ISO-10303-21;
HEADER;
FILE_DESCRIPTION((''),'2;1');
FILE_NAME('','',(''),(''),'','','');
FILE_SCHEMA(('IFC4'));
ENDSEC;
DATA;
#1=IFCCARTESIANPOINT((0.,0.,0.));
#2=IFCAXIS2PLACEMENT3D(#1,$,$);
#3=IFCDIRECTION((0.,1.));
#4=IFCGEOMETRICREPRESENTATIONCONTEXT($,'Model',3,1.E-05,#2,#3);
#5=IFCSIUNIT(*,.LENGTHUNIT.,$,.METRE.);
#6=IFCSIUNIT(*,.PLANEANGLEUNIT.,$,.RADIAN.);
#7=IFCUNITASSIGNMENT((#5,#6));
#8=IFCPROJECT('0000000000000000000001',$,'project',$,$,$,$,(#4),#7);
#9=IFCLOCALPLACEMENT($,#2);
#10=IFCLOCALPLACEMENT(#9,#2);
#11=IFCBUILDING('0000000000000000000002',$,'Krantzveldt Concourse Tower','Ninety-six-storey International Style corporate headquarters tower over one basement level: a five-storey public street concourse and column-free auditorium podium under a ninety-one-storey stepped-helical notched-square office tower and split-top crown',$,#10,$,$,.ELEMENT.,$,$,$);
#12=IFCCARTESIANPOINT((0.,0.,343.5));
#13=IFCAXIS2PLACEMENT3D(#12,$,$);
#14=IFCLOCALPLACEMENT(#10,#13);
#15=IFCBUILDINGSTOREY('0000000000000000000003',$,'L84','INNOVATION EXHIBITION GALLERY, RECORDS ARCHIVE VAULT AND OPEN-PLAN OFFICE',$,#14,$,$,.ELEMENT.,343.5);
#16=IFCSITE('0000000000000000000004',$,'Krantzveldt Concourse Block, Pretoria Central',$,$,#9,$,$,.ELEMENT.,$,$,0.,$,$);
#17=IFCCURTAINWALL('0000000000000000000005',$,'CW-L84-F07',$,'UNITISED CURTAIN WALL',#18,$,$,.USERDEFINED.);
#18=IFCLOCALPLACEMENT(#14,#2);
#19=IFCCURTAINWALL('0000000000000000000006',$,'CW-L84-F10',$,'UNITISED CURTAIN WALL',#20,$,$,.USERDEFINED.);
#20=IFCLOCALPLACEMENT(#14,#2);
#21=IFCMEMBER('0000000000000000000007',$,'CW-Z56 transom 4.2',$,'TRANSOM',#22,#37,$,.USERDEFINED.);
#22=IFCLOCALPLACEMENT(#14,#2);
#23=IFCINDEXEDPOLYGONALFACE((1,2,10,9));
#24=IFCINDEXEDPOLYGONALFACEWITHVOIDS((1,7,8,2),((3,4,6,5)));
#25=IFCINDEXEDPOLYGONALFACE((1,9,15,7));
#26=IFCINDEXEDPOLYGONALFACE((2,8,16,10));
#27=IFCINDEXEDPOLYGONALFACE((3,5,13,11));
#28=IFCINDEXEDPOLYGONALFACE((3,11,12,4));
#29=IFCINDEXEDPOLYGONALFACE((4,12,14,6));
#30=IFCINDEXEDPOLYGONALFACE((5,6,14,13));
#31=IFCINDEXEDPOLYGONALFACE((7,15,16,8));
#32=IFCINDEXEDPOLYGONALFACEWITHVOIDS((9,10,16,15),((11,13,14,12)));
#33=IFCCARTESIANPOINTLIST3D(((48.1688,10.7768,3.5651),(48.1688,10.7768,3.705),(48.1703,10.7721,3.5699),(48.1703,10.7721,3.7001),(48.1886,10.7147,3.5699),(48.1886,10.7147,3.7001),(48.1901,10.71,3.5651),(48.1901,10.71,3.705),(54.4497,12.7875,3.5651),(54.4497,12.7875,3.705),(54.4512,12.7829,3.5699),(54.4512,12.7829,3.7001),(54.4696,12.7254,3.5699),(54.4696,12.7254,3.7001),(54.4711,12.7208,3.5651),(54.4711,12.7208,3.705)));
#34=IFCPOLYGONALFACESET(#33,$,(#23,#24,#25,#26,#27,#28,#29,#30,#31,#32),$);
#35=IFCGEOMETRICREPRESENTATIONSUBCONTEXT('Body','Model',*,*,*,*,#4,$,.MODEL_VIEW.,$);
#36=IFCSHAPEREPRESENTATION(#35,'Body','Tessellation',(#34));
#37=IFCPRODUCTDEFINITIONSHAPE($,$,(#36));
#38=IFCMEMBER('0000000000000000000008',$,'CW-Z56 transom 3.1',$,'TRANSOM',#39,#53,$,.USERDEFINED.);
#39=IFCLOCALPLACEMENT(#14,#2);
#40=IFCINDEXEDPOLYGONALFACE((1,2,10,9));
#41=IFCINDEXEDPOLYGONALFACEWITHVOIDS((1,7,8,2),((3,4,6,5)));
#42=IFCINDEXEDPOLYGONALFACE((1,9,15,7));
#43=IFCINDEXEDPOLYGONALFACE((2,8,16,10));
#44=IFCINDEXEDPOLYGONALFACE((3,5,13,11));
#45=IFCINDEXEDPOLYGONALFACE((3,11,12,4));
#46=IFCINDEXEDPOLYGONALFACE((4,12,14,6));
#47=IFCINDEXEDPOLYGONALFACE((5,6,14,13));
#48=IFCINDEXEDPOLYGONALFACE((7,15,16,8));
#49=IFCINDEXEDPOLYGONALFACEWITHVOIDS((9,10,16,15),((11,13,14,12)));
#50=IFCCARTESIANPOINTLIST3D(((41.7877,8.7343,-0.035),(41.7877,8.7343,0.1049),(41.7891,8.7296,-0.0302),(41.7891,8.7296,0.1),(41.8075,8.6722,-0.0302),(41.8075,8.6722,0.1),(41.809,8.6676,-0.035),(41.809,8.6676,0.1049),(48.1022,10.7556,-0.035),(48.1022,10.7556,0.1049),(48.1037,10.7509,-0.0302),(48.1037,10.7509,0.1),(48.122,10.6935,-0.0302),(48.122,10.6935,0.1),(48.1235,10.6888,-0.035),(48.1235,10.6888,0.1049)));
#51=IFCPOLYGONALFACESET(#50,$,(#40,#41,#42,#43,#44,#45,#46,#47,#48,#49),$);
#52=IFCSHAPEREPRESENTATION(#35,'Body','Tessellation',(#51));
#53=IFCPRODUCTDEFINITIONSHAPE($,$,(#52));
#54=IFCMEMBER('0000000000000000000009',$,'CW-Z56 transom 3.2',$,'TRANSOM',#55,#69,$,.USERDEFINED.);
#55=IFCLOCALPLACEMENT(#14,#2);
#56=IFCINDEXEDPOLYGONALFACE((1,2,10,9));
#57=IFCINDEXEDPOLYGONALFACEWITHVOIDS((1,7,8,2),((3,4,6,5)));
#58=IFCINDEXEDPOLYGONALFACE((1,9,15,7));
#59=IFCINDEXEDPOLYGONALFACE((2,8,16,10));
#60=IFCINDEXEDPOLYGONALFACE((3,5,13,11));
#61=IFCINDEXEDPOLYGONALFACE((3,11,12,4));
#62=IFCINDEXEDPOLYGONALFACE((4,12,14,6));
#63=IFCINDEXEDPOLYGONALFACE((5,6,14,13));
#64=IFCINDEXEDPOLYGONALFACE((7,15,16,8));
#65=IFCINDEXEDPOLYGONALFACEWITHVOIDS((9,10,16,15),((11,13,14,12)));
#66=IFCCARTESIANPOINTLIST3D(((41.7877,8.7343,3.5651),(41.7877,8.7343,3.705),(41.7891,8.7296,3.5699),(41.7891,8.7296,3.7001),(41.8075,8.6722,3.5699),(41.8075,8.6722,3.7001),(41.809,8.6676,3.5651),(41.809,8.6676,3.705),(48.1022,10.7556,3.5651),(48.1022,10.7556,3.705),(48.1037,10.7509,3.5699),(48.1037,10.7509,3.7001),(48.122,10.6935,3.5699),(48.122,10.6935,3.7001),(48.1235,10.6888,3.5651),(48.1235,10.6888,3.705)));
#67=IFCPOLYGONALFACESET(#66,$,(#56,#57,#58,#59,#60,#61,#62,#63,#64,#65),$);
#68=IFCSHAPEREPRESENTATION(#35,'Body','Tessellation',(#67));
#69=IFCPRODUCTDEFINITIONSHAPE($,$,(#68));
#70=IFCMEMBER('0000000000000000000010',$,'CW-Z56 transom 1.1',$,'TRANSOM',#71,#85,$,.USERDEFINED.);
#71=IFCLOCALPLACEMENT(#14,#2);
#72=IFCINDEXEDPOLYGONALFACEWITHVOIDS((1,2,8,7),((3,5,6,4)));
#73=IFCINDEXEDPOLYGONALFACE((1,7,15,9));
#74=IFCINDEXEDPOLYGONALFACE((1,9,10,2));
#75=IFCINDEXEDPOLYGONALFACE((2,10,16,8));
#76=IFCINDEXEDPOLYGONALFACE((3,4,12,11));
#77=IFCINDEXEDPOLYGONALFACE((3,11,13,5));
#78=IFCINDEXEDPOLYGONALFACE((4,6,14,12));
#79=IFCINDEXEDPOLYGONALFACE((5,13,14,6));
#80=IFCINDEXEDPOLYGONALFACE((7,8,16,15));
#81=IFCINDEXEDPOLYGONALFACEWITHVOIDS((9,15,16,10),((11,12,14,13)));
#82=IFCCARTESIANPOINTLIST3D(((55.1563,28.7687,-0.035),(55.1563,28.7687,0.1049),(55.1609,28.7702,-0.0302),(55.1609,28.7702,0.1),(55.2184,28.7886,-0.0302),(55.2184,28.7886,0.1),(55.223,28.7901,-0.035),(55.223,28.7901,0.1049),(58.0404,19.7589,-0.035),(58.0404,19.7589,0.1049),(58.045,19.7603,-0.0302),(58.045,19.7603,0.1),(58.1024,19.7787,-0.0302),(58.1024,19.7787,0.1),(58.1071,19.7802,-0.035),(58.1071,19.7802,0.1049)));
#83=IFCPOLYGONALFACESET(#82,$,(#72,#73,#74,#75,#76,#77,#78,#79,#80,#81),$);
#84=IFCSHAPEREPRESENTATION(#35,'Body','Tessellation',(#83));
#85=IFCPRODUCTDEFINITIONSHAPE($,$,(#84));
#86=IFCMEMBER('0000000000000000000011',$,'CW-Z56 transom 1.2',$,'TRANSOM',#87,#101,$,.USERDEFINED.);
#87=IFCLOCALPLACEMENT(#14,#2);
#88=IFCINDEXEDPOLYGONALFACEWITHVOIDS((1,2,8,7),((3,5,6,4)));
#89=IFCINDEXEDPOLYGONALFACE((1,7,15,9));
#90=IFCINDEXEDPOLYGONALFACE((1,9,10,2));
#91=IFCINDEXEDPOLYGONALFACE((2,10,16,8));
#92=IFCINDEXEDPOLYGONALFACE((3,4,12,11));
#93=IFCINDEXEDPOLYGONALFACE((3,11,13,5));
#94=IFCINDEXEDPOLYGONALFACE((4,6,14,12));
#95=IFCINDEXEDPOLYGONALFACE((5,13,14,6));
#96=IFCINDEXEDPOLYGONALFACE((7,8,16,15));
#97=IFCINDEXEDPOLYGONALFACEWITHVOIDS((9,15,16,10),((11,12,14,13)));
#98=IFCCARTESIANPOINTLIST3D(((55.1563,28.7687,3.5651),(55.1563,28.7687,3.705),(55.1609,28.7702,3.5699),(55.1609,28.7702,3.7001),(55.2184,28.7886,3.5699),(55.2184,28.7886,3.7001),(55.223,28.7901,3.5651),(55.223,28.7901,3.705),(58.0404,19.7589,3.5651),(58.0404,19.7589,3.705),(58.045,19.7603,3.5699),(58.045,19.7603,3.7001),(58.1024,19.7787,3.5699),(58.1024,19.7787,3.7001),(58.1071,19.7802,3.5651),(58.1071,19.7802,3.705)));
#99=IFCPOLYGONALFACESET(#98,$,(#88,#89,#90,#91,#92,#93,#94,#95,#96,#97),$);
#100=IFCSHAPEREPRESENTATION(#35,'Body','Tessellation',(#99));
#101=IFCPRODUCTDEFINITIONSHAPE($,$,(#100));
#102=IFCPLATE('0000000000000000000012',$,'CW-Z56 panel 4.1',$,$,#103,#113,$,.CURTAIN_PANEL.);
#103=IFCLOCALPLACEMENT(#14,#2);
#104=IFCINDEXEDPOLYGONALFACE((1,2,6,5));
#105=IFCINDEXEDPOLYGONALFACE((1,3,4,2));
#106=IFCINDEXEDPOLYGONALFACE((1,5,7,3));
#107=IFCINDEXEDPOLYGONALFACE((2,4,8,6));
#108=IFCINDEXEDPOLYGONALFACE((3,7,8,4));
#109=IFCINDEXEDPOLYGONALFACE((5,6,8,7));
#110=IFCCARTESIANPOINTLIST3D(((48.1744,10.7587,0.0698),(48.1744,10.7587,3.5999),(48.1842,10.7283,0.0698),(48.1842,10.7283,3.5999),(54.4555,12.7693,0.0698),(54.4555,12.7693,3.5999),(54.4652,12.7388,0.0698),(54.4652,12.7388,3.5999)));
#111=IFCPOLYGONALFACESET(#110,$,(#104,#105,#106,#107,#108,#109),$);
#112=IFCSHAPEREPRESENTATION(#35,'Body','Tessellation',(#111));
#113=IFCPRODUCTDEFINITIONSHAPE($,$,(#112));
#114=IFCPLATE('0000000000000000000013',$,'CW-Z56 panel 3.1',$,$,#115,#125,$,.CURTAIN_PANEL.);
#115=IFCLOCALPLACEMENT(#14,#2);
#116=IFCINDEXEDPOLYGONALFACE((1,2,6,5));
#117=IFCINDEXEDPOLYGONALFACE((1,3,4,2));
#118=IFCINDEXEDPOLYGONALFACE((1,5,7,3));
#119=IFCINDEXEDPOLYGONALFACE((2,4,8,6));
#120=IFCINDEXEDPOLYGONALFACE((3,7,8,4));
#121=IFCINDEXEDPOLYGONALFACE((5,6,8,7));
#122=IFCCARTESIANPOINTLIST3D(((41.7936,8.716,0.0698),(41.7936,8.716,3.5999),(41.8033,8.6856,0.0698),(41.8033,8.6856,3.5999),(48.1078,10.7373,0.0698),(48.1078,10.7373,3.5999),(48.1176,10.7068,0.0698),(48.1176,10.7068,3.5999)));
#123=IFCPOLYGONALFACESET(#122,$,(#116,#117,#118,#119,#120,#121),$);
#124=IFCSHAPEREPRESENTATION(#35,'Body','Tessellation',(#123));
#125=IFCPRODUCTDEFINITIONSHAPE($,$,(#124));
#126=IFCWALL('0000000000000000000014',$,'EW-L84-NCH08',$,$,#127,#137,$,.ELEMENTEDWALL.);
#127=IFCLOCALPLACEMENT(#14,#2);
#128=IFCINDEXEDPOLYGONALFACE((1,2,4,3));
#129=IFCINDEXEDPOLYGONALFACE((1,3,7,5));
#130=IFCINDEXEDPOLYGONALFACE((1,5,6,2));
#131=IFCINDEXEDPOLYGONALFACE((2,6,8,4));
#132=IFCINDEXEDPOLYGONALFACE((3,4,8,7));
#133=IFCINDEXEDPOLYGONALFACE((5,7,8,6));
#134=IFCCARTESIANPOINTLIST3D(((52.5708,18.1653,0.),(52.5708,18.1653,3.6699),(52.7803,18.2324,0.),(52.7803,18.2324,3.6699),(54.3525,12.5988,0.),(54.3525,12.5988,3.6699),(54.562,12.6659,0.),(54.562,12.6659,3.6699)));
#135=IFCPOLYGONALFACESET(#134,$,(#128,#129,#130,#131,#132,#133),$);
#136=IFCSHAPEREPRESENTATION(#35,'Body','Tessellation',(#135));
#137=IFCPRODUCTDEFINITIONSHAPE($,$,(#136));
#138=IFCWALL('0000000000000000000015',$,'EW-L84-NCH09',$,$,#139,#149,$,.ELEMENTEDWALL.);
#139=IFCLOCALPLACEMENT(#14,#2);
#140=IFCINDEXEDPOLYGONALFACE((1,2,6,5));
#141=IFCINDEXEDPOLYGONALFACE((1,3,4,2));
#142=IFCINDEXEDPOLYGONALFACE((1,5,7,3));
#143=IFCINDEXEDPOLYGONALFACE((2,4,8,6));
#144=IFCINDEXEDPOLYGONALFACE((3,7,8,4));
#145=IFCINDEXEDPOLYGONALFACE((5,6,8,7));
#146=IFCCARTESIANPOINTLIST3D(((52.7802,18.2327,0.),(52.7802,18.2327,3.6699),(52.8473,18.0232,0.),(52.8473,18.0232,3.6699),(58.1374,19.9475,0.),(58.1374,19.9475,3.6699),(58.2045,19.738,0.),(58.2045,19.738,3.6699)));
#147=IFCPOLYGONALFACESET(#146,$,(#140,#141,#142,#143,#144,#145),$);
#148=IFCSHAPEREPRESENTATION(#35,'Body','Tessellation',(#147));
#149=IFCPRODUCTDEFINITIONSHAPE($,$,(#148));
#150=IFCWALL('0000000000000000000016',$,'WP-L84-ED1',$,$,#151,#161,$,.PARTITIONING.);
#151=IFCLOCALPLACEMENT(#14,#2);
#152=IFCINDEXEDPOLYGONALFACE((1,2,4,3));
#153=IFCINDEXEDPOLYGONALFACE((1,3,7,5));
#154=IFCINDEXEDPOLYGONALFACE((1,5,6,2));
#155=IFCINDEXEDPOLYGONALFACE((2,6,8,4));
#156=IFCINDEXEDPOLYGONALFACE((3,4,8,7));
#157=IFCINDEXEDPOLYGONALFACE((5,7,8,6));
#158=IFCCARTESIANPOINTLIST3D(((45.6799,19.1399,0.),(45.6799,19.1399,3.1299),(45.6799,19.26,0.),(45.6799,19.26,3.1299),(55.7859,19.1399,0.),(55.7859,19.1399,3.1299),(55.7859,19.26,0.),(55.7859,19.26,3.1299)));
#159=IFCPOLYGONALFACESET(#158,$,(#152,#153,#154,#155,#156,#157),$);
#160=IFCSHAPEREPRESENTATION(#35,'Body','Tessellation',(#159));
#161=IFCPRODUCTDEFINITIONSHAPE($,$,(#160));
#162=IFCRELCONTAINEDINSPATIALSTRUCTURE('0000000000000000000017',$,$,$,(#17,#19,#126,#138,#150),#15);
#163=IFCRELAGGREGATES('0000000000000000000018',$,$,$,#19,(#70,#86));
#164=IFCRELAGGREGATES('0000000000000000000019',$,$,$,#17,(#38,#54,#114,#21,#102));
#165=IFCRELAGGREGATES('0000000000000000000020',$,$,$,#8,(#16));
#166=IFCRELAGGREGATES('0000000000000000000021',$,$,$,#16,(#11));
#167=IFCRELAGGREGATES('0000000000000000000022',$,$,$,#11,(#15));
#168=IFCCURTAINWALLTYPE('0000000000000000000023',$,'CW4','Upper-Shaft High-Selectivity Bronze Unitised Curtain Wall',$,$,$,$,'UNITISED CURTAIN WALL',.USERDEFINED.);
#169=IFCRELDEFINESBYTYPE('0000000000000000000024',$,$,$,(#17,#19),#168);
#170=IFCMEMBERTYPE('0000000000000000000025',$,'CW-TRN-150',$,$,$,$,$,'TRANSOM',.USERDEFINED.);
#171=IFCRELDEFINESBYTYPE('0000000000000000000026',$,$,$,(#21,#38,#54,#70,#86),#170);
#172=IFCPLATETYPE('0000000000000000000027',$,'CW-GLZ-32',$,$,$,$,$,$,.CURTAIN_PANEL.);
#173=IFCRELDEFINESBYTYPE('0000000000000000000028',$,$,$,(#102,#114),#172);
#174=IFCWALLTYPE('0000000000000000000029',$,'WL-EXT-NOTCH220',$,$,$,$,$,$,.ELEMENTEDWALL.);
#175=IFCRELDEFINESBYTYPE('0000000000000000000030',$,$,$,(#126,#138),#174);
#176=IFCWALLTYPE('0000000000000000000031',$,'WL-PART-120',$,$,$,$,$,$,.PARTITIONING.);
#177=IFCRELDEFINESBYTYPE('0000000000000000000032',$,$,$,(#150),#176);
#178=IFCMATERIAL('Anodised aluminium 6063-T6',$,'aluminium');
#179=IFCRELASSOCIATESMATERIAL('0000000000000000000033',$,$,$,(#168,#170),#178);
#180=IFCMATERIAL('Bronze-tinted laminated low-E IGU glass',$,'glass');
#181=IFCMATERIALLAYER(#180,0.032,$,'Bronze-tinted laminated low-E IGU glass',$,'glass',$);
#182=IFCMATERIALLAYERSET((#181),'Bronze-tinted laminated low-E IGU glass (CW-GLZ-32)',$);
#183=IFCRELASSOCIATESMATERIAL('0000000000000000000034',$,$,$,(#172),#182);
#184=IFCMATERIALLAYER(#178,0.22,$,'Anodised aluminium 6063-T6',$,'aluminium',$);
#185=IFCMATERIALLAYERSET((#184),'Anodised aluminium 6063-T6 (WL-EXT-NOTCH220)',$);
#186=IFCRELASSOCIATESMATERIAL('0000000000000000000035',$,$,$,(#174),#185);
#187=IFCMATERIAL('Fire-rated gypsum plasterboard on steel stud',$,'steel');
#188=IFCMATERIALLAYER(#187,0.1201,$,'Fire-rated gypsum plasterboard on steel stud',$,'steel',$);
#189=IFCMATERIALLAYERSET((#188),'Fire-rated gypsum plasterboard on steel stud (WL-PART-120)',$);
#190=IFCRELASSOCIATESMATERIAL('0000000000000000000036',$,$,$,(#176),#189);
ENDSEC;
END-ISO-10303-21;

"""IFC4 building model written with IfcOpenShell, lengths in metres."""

from ifc_helpers import new_model, si_unit, direction, frame, frame_2d, origin, origin_2d, place, context, subcontext, project, spatial, rectangle, hollow_rectangle, extrude, source, transform, mapped, material, layer, layer_set, material_profile, profile_set, type_object, type_shapes, element, aggregate, save


model = new_model("IFC4")

# Units and contexts
model_context = context("Model", 3, precision=1e-05, world=origin(), true_north=direction((0.0, 1.0)))
body_context = subcontext(model_context, "Body", "Model", "MODEL_VIEW")
ifc_project = project(units=[si_unit("LENGTHUNIT", "METRE"), si_unit("PLANEANGLEUNIT", "RADIAN")], contexts=[model_context])

# Site, building, storey
site_placement = place(None, origin())
site = spatial("IfcSite", under=ifc_project, at=site_placement, Name="Krantzveldt Concourse Block, Pretoria Central", CompositionType="ELEMENT", RefElevation=0.0)
building_placement = place(site_placement, origin())
building = spatial("IfcBuilding", under=site, at=building_placement, Name="Krantzveldt Concourse Tower", Description="Ninety-six-storey International Style corporate headquarters tower over one basement level: a five-storey public street concourse and column-free auditorium podium under a ninety-one-storey stepped-helical notched-square office tower and split-top crown", CompositionType="ELEMENT")
storey_placement = place(building_placement, frame((0.0, 0.0, 343.5)))
storey = spatial("IfcBuildingStorey", under=building, at=storey_placement, Name="L84", Description="INNOVATION EXHIBITION GALLERY, RECORDS ARCHIVE VAULT AND OPEN-PLAN OFFICE", CompositionType="ELEMENT", Elevation=343.5)

# Curtain wall
ifc_material_1 = material(Name="Anodised aluminium 6063-T6", Category="aluminium")
curtain_wall_type = type_object("IfcCurtainWallType", Name="CW4", Description="Upper-Shaft High-Selectivity Bronze Unitised Curtain Wall", ElementType="UNITISED CURTAIN WALL", PredefinedType="USERDEFINED", material=ifc_material_1)
curtain_wall_1_placement = place(storey_placement, origin())
curtain_wall_1 = element("IfcCurtainWall", 1, at=curtain_wall_1_placement, inside=storey, type_object=curtain_wall_type, Name="CW-L84-F07", ObjectType="UNITISED CURTAIN WALL", PredefinedType="USERDEFINED")

# Curtain wall
curtain_wall_2_placement = place(storey_placement, origin())
curtain_wall_2 = element("IfcCurtainWall", 2, at=curtain_wall_2_placement, inside=storey, type_object=curtain_wall_type, Name="CW-L84-F10", ObjectType="UNITISED CURTAIN WALL", PredefinedType="USERDEFINED")

# Members
ifc_material_profile_1 = material_profile(ifc_material_1, hollow_rectangle(XDim=0.0701, YDim=0.1399, WallThickness=0.0049, at=origin_2d()), Name="Anodised aluminium 6063-T6", Category="aluminium")
ifc_profile_set_1 = profile_set([ifc_material_profile_1], Name="Anodised aluminium 6063-T6 - ALU-TRAN 140x70x5")
member_type_1 = type_object("IfcMemberType", Name="CW-TRN-150", ElementType="TRANSOM", PredefinedType="USERDEFINED", material=ifc_profile_set_1)
shared_shape_1 = source(origin(), body_context, "Body", "SweptSolid", [
    extrude(hollow_rectangle(XDim=0.0701, YDim=0.1399, WallThickness=0.0049, at=origin_2d()), origin(), (0.0, 0.0, 1.0), 6.595),
])
member_1_placement = place(storey_placement, frame((48.1794, 10.7434, 3.635), z_axis=(0.952388, 0.304889, 0.0), x_axis=(-0.304889, 0.952388, 0.0)))
member_1 = element("IfcMember", 3, at=member_1_placement, type_object=member_type_1, Name="CW-Z56 transom 4.2", ObjectType="TRANSOM", PredefinedType="USERDEFINED", context=body_context, shape_type="MappedRepresentation", body=[
    mapped(shared_shape_1, transform((0.0, 0.0, 0.0), x_axis=(1.0, 0.0, 0.0), y_axis=(0.0, 1.0, 0.0), z_axis=(0.0, 0.0, 1.0), scale=1.0)),
])
shared_shape_2 = source(origin(), body_context, "Body", "SweptSolid", [
    extrude(hollow_rectangle(XDim=0.0701, YDim=0.1399, WallThickness=0.0049, at=origin_2d()), origin(), (0.0, 0.0, 1.0), 6.6301),
])
member_2_placement = place(storey_placement, frame((41.7983, 8.7009, 0.0349), z_axis=(0.952397, 0.30486, 0.0), x_axis=(-0.30486, 0.952397, 0.0)))
member_2 = element("IfcMember", 4, at=member_2_placement, type_object=member_type_1, Name="CW-Z56 transom 3.1", ObjectType="TRANSOM", PredefinedType="USERDEFINED", context=body_context, shape_type="MappedRepresentation", body=[
    mapped(shared_shape_2, transform((0.0, 0.0, 0.0), x_axis=(1.0, 0.0, 0.0), y_axis=(0.0, 1.0, 0.0), z_axis=(0.0, 0.0, 1.0), scale=1.0)),
])
member_3_placement = place(storey_placement, frame((41.7983, 8.7009, 3.635), z_axis=(0.952397, 0.30486, 0.0), x_axis=(-0.30486, 0.952397, 0.0)))
member_3 = element("IfcMember", 5, at=member_3_placement, type_object=member_type_1, Name="CW-Z56 transom 3.2", ObjectType="TRANSOM", PredefinedType="USERDEFINED", context=body_context, shape_type="MappedRepresentation", body=[
    mapped(shared_shape_2, transform((0.0, 0.0, 0.0), x_axis=(1.0, 0.0, 0.0), y_axis=(0.0, 1.0, 0.0), z_axis=(0.0, 0.0, 1.0), scale=1.0)),
])
shared_shape_3 = source(origin(), body_context, "Body", "SweptSolid", [
    extrude(hollow_rectangle(XDim=0.0701, YDim=0.1399, WallThickness=0.0049, at=origin_2d()), origin(), (0.0, 0.0, 1.0), 9.4602),
])
type_shapes(member_type_1, [shared_shape_1, shared_shape_2, shared_shape_3])
member_4_placement = place(storey_placement, frame((58.0737, 19.7695, 0.0349), z_axis=(-0.304863, 0.952396, 0.0), x_axis=(-0.952396, -0.304863, 0.0)))
member_4 = element("IfcMember", 6, at=member_4_placement, type_object=member_type_1, Name="CW-Z56 transom 1.1", ObjectType="TRANSOM", PredefinedType="USERDEFINED", context=body_context, shape_type="MappedRepresentation", body=[
    mapped(shared_shape_3, transform((0.0, 0.0, 0.0), x_axis=(1.0, 0.0, 0.0), y_axis=(0.0, 1.0, 0.0), z_axis=(0.0, 0.0, 1.0), scale=1.0)),
])
member_5_placement = place(storey_placement, frame((58.0737, 19.7695, 3.635), z_axis=(-0.304863, 0.952396, 0.0), x_axis=(-0.952396, -0.304863, 0.0)))
member_5 = element("IfcMember", 7, at=member_5_placement, type_object=member_type_1, Name="CW-Z56 transom 1.2", ObjectType="TRANSOM", PredefinedType="USERDEFINED", context=body_context, shape_type="MappedRepresentation", body=[
    mapped(shared_shape_3, transform((0.0, 0.0, 0.0), x_axis=(1.0, 0.0, 0.0), y_axis=(0.0, 1.0, 0.0), z_axis=(0.0, 0.0, 1.0), scale=1.0)),
])
aggregate(curtain_wall_2, [member_4, member_5])

# Plates
ifc_material_2 = material(Name="Bronze-tinted laminated low-E IGU glass", Category="glass")
ifc_layer_1 = layer(ifc_material_2, 0.032, Name="Bronze-tinted laminated low-E IGU glass", Category="glass")
ifc_layer_set_1 = layer_set([ifc_layer_1], Name="Bronze-tinted laminated low-E IGU glass (CW-GLZ-32)")
plate_type = type_object("IfcPlateType", Name="CW-GLZ-32", PredefinedType="CURTAIN_PANEL", material=ifc_layer_set_1)
shared_shape_4 = source(origin(), body_context, "Body", "SweptSolid", [
    extrude(rectangle(XDim=6.595, YDim=0.032, at=origin_2d()), origin(), (0.0, 0.0, 1.0), 3.53),
])
plate_1_placement = place(storey_placement, frame((51.3198, 11.7488, 0.0698), z_axis=(0.0, 0.0, 1.0), x_axis=(0.952396, 0.304864, 0.0)))
plate_1 = element("IfcPlate", 8, at=plate_1_placement, type_object=plate_type, Name="CW-Z56 panel 4.1", PredefinedType="CURTAIN_PANEL", context=body_context, shape_type="MappedRepresentation", body=[
    mapped(shared_shape_4, transform((0.0, 0.0, 0.0), x_axis=(1.0, 0.0, 0.0), y_axis=(0.0, 1.0, 0.0), z_axis=(0.0, 0.0, 1.0), scale=1.0)),
])
shared_shape_5 = source(origin(), body_context, "Body", "SweptSolid", [
    extrude(rectangle(XDim=6.6299, YDim=0.032, at=origin_2d()), origin(), (0.0, 0.0, 1.0), 3.53),
])
type_shapes(plate_type, [shared_shape_4, shared_shape_5])
plate_2_placement = place(storey_placement, frame((44.9556, 9.7114, 0.0698), z_axis=(0.0, 0.0, 1.0), x_axis=(0.952396, 0.304864, 0.0)))
plate_2 = element("IfcPlate", 9, at=plate_2_placement, type_object=plate_type, Name="CW-Z56 panel 3.1", PredefinedType="CURTAIN_PANEL", context=body_context, shape_type="MappedRepresentation", body=[
    mapped(shared_shape_5, transform((0.0, 0.0, 0.0), x_axis=(1.0, 0.0, 0.0), y_axis=(0.0, 1.0, 0.0), z_axis=(0.0, 0.0, 1.0), scale=1.0)),
])
aggregate(curtain_wall_1, [member_2, member_3, plate_2, member_1, plate_1])

# Walls
ifc_layer_2 = layer(ifc_material_1, 0.22, Name="Anodised aluminium 6063-T6", Category="aluminium")
ifc_layer_set_2 = layer_set([ifc_layer_2], Name="Anodised aluminium 6063-T6 (WL-EXT-NOTCH220)")
wall_type_1 = type_object("IfcWallType", Name="WL-EXT-NOTCH220", PredefinedType="ELEMENTEDWALL", material=ifc_layer_set_2)
wall_1_placement = place(storey_placement, frame((54.4573, 12.6323, 0.0), z_axis=(0.0, 0.0, 1.0), x_axis=(-0.304839, 0.952404, 0.0)))
element("IfcWall", 10, at=wall_1_placement, inside=storey, type_object=wall_type_1, Name="EW-L84-NCH08", PredefinedType="ELEMENTEDWALL", context=body_context, shape_type="SweptSolid", body=[
    extrude(rectangle(XDim=5.8447, YDim=0.22, at=frame_2d((2.9224, 0.0))), origin(), (0.0, 0.0, 1.0), 3.6699),
])
wall_2_placement = place(storey_placement, frame((52.8137, 18.1279, 0.0), z_axis=(0.0, 0.0, 1.0), x_axis=(0.952396, 0.304864, 0.0)))
element("IfcWall", 11, at=wall_2_placement, inside=storey, type_object=wall_type_1, Name="EW-L84-NCH09", PredefinedType="ELEMENTEDWALL", context=body_context, shape_type="SweptSolid", body=[
    extrude(rectangle(XDim=5.625, YDim=0.22, at=frame_2d((2.8125, 0.0))), origin(), (0.0, 0.0, 1.0), 3.6699),
])
ifc_material_3 = material(Name="Fire-rated gypsum plasterboard on steel stud", Category="steel")
ifc_layer_3 = layer(ifc_material_3, 0.1201, Name="Fire-rated gypsum plasterboard on steel stud", Category="steel")
ifc_layer_set_3 = layer_set([ifc_layer_3], Name="Fire-rated gypsum plasterboard on steel stud (WL-PART-120)")
wall_type_2 = type_object("IfcWallType", Name="WL-PART-120", PredefinedType="PARTITIONING", material=ifc_layer_set_3)
wall_3_placement = place(storey_placement, frame((45.6799, 19.2, 0.0), z_axis=(0.0, 0.0, 1.0), x_axis=(1.0, 0.0, 0.0)))
element("IfcWall", 12, at=wall_3_placement, inside=storey, type_object=wall_type_2, Name="WP-L84-ED1", PredefinedType="PARTITIONING", context=body_context, shape_type="SweptSolid", body=[
    extrude(rectangle(XDim=10.106, YDim=0.1201, at=frame_2d((5.053, 0.0))), origin(), (0.0, 0.0, 1.0), 3.1299),
])

save(model, "model.ifc")
